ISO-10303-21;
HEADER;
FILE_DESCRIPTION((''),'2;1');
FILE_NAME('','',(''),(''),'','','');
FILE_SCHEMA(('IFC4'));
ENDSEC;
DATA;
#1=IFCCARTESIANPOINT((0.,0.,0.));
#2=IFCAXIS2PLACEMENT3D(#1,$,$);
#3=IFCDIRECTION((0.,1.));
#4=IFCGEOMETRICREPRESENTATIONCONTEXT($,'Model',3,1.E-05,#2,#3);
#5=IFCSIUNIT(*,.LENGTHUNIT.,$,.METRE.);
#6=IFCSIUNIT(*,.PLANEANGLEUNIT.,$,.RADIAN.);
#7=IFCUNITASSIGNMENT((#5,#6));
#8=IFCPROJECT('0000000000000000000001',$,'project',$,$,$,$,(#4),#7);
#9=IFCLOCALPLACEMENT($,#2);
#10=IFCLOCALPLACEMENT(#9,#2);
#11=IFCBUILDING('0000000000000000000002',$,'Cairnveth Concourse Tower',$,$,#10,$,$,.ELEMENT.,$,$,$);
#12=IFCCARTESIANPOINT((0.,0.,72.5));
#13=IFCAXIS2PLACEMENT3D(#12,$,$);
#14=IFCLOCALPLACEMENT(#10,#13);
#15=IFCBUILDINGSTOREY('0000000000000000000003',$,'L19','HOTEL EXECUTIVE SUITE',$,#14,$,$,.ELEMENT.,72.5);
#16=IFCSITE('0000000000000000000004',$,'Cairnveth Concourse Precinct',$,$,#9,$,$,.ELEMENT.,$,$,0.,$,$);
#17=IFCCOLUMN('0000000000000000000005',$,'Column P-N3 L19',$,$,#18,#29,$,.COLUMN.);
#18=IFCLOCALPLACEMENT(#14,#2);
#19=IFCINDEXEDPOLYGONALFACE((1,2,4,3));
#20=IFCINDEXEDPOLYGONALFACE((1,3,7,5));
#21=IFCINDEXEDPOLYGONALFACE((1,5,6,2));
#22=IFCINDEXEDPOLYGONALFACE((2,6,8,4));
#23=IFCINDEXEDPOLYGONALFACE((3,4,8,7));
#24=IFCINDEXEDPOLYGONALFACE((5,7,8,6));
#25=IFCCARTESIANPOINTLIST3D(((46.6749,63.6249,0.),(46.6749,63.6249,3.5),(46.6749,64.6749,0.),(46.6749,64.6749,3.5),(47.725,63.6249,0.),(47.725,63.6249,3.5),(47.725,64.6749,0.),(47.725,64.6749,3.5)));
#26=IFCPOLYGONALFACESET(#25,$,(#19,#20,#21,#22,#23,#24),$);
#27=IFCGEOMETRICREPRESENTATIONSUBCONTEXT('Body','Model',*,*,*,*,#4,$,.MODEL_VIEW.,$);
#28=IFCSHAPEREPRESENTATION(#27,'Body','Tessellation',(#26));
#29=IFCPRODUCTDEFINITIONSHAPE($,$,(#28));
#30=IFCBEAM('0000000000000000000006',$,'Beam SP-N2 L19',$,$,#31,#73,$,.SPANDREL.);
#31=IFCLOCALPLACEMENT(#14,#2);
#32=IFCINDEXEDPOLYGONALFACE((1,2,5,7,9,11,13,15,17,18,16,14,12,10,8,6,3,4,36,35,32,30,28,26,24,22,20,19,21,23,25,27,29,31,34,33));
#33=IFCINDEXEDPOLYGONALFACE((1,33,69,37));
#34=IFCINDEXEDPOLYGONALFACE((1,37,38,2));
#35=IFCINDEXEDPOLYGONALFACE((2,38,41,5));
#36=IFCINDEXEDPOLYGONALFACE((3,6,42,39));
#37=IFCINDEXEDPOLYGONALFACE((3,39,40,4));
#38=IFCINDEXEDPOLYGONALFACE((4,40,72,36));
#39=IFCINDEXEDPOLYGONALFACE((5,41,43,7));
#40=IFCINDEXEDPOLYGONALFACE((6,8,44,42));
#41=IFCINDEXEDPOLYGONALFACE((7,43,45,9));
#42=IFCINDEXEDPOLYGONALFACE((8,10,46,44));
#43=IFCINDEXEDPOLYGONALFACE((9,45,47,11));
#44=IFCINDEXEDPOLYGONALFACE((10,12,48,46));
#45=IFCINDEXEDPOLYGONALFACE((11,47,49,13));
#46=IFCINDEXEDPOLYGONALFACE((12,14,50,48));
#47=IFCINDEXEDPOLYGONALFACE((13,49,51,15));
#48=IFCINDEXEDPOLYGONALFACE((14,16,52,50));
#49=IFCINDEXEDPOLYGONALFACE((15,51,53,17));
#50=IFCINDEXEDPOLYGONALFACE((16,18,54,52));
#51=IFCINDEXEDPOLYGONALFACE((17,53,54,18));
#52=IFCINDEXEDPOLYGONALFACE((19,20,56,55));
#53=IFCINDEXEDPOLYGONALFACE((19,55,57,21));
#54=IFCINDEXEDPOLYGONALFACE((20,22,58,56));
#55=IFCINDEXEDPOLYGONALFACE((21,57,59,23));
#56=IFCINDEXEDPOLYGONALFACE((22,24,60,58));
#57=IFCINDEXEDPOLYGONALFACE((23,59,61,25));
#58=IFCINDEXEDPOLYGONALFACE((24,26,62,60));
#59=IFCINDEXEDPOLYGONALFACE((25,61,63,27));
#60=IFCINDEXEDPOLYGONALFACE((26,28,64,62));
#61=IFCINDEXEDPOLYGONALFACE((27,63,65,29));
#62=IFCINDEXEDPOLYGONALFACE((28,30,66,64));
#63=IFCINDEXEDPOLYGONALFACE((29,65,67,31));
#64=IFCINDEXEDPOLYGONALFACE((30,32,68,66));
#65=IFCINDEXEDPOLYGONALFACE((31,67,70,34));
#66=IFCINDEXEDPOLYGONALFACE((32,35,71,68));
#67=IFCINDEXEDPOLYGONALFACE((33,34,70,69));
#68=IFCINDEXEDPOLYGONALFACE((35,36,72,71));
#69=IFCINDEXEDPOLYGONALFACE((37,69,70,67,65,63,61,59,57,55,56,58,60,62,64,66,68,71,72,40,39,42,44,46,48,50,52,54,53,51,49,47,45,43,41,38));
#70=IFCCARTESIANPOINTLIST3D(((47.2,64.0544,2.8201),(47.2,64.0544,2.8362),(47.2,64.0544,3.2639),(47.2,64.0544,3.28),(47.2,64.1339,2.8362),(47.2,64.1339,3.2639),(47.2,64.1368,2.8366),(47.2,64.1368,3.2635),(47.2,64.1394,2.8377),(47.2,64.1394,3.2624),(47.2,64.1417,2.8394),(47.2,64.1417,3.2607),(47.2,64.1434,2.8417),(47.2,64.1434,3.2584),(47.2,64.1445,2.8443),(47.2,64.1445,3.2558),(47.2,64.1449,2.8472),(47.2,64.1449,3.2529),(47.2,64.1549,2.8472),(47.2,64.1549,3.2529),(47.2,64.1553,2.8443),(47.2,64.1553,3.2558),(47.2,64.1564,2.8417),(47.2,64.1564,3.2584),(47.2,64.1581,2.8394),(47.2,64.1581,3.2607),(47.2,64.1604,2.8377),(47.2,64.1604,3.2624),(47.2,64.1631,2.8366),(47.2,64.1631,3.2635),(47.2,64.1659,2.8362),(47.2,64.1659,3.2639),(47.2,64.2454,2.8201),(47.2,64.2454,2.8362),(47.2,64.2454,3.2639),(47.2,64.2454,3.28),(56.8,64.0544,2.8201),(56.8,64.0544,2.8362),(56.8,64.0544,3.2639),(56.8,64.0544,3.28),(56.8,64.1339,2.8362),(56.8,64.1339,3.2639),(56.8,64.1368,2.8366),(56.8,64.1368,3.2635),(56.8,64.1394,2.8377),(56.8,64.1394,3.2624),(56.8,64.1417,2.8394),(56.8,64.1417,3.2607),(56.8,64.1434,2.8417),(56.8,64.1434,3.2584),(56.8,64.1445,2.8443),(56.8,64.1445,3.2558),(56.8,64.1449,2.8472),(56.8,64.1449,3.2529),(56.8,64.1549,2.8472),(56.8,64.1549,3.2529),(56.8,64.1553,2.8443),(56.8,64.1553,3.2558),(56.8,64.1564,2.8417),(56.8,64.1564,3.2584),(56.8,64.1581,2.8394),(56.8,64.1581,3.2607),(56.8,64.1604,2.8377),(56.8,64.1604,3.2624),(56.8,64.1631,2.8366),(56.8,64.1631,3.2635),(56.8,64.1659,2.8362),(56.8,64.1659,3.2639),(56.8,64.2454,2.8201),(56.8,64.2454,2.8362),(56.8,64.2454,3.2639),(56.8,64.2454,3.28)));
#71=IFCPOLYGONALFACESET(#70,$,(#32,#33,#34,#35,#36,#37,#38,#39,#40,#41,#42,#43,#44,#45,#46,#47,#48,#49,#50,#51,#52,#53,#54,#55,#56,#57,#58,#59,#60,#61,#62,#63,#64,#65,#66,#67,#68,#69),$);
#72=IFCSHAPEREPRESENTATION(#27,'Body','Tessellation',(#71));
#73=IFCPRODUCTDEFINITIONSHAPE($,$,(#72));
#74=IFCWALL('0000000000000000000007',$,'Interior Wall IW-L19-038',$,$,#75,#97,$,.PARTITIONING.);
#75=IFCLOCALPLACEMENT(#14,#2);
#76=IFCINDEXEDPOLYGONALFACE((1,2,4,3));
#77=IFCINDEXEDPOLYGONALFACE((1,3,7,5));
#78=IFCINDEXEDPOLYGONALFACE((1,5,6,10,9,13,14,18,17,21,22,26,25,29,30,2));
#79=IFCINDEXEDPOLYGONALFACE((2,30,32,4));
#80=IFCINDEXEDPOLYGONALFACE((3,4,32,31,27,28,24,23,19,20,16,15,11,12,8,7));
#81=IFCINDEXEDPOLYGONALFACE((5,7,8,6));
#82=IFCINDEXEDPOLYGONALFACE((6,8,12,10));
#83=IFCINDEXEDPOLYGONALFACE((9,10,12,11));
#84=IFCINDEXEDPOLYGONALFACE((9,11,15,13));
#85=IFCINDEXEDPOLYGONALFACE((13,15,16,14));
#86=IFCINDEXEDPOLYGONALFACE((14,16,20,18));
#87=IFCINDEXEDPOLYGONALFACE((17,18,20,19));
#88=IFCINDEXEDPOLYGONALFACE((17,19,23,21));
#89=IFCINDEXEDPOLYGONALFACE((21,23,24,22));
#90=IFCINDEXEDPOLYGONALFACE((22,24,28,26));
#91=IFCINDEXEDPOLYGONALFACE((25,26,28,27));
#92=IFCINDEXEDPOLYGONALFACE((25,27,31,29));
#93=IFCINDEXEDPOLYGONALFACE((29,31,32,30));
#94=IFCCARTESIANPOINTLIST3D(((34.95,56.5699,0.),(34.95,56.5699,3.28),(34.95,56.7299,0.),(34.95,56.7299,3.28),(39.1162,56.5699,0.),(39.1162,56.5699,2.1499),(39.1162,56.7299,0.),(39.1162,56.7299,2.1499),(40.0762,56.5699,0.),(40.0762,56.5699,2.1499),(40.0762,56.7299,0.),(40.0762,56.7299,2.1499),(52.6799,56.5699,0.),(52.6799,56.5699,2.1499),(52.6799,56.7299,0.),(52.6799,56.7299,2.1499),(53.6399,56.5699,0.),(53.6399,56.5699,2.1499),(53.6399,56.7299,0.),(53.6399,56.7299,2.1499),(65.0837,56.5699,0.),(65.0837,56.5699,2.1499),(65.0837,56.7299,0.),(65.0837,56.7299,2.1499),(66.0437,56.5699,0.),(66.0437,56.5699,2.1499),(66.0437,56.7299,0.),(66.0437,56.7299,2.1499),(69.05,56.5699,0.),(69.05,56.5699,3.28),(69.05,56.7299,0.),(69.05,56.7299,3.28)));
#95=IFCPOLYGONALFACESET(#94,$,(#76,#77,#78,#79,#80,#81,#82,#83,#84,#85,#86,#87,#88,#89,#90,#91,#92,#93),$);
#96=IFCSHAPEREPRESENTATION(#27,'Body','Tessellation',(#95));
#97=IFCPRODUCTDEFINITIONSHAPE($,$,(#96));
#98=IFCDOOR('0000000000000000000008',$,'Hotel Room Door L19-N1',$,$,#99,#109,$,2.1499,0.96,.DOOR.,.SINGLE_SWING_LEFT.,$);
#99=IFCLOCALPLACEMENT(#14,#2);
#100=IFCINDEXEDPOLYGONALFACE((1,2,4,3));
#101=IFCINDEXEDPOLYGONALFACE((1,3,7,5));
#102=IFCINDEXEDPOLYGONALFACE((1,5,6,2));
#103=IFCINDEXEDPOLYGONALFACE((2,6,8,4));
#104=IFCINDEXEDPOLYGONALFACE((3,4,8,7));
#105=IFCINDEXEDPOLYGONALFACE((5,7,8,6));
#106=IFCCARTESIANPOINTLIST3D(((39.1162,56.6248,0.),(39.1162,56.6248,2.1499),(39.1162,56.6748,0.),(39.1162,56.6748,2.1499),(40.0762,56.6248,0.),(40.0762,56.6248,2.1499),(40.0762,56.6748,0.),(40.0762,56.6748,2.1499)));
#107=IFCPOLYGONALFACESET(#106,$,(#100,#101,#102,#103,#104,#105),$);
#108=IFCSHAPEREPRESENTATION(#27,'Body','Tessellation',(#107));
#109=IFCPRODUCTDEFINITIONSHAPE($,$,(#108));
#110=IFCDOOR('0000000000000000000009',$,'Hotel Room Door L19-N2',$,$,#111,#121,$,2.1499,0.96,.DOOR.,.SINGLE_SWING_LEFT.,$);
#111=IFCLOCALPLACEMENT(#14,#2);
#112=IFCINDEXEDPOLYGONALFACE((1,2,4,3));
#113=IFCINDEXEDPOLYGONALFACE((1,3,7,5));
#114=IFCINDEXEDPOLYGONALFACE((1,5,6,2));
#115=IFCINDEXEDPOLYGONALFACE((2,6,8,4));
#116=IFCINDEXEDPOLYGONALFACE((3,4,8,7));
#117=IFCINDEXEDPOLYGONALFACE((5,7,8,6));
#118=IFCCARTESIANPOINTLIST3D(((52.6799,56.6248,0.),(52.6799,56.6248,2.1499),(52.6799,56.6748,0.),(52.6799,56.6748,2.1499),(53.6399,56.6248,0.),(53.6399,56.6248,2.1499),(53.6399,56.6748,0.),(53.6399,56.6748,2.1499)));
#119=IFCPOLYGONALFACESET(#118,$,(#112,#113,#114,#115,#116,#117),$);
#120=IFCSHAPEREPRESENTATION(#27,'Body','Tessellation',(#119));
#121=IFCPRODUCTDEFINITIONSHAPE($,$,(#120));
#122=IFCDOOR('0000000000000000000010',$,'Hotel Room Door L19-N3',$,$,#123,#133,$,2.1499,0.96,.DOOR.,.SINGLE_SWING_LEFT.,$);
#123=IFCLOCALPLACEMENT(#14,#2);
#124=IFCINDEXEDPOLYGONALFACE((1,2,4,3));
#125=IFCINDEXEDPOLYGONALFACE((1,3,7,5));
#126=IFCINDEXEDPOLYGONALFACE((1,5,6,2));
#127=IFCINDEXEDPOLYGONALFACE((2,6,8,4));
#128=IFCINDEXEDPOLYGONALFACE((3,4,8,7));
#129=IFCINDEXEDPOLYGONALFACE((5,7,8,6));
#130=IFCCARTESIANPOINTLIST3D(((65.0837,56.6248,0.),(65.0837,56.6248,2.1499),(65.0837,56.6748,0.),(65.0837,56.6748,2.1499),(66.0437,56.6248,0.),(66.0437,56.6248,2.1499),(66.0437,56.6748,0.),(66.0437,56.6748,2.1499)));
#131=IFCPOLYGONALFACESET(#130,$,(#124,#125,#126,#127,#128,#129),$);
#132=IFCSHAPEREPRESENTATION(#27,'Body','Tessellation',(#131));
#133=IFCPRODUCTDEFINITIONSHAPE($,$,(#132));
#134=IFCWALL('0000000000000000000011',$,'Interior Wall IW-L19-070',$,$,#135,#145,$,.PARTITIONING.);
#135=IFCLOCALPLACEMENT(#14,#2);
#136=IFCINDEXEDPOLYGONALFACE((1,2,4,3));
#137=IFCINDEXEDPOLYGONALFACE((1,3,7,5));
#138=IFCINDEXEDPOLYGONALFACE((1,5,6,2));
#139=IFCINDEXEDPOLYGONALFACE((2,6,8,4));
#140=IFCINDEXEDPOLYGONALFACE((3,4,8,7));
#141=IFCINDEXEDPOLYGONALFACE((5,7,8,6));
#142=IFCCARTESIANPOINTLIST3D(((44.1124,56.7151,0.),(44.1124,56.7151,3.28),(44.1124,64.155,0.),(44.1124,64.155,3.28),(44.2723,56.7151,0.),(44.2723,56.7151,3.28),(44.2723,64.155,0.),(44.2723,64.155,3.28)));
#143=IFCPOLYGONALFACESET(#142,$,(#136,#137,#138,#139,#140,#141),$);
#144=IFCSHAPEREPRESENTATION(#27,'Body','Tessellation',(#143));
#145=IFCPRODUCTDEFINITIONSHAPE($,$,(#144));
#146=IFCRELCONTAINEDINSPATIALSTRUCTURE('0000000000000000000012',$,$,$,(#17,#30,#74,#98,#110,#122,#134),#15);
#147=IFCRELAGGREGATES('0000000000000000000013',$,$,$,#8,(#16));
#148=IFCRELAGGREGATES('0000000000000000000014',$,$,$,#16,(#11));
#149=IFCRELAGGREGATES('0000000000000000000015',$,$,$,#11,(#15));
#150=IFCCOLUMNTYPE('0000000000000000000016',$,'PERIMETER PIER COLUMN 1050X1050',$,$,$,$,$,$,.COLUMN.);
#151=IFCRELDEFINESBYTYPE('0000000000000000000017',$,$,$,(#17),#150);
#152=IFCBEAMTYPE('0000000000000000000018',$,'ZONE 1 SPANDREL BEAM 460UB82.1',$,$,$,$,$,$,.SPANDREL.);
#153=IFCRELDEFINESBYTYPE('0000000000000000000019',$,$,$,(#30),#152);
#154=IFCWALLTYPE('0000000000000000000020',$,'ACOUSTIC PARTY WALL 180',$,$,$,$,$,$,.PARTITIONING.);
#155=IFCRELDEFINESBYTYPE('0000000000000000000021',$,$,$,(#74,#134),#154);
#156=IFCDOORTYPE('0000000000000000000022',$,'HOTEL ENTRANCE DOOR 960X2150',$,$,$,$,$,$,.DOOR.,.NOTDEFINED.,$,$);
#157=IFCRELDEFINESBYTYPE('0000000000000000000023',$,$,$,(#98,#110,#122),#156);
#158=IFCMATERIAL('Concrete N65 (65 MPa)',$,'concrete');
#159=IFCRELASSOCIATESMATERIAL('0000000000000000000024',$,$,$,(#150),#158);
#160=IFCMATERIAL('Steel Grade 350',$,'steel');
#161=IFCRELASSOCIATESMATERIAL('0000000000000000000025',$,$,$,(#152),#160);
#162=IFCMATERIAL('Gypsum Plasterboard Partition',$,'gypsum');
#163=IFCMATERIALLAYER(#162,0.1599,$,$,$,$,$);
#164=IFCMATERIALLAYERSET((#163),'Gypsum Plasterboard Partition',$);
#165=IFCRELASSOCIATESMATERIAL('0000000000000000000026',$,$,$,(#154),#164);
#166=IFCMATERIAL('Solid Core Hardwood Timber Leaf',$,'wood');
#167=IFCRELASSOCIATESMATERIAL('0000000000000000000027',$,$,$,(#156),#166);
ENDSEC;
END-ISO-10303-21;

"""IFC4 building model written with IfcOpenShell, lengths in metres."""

from ifc_helpers import new_model, si_unit, direction, frame, frame_2d, origin, origin_2d, place, context, subcontext, project, spatial, rectangle, i_section, extrude, material, layer, layer_set, material_profile, profile_set, type_object, element, fill, save


model = new_model("IFC4")

# Units and contexts
model_context = context("Model", 3, precision=1e-05, world=origin(), true_north=direction((0.0, 1.0)))
body_context = subcontext(model_context, "Body", "Model", "MODEL_VIEW")
ifc_project = project(units=[si_unit("LENGTHUNIT", "METRE"), si_unit("PLANEANGLEUNIT", "RADIAN")], contexts=[model_context])

# Site, building, storey
site_placement = place(None, origin())
site = spatial("IfcSite", under=ifc_project, at=site_placement, Name="Cairnveth Concourse Precinct", CompositionType="ELEMENT", RefElevation=0.0)
building_placement = place(site_placement, origin())
building = spatial("IfcBuilding", under=site, at=building_placement, Name="Cairnveth Concourse Tower", CompositionType="ELEMENT")
storey_placement = place(building_placement, frame((0.0, 0.0, 72.5)))
storey = spatial("IfcBuildingStorey", under=building, at=storey_placement, Name="L19", Description="HOTEL EXECUTIVE SUITE", CompositionType="ELEMENT", Elevation=72.5)

# Column
ifc_material_1 = material(Name="Concrete N65 (65 MPa)", Category="concrete")
ifc_material_profile_1 = material_profile(ifc_material_1, rectangle(XDim=1.05, YDim=1.05, at=origin_2d()), Name="RC-COL-1050x1050")
ifc_profile_set_1 = profile_set([ifc_material_profile_1], Name="Concrete N65 (65 MPa)")
column_type = type_object("IfcColumnType", Name="PERIMETER PIER COLUMN 1050X1050", PredefinedType="COLUMN", material=ifc_profile_set_1)
column_placement = place(storey_placement, frame((47.2, 64.1499, 0.0), z_axis=(0.0, 0.0, 1.0), x_axis=(1.0, 0.0, 0.0)))
element("IfcColumn", 1, at=column_placement, inside=storey, type_object=column_type, Name="Column P-N3 L19", PredefinedType="COLUMN", context=body_context, shape_type="SweptSolid", body=[
    extrude(rectangle(XDim=1.05, YDim=1.05, at=origin_2d()), origin(), (0.0, 0.0, 1.0), 3.5),
])

# Beam
ifc_material_2 = material(Name="Steel Grade 350", Category="steel")
ifc_material_profile_2 = material_profile(ifc_material_2, i_section(OverallWidth=0.1909, OverallDepth=0.46, WebThickness=0.01, FlangeThickness=0.0161, FilletRadius=0.011, at=origin_2d()), Name="460UB82.1")
ifc_profile_set_2 = profile_set([ifc_material_profile_2], Name="Steel Grade 350")
beam_type = type_object("IfcBeamType", Name="ZONE 1 SPANDREL BEAM 460UB82.1", PredefinedType="SPANDREL", material=ifc_profile_set_2)
beam_placement = place(storey_placement, frame((47.2, 64.1499, 3.05), z_axis=(1.0, 0.0, 0.0), x_axis=(0.0, 1.0, 0.0)))
element("IfcBeam", 2, at=beam_placement, inside=storey, type_object=beam_type, Name="Beam SP-N2 L19", PredefinedType="SPANDREL", context=body_context, shape_type="SweptSolid", body=[
    extrude(i_section(OverallWidth=0.1909, OverallDepth=0.46, WebThickness=0.01, FlangeThickness=0.0161, FilletRadius=0.011, at=origin_2d()), origin(), (0.0, 0.0, 1.0), 9.6001),
])

# Wall, openings, doors
ifc_material_3 = material(Name="Gypsum Plasterboard Partition", Category="gypsum")
ifc_layer_1 = layer(ifc_material_3, 0.1599)
ifc_layer_set_1 = layer_set([ifc_layer_1], Name="Gypsum Plasterboard Partition")
wall_type_1 = type_object("IfcWallType", Name="ACOUSTIC PARTY WALL 180", PredefinedType="PARTITIONING", material=ifc_layer_set_1)
wall_1_placement = place(storey_placement, frame((34.95, 56.6499, 0.0), z_axis=(0.0, 0.0, 1.0), x_axis=(1.0, 0.0, 0.0)))
wall_1 = element("IfcWall", 3, at=wall_1_placement, inside=storey, type_object=wall_type_1, Name="Interior Wall IW-L19-038", PredefinedType="PARTITIONING", context=body_context, shape_type="SweptSolid", body=[
    extrude(rectangle(XDim=34.1001, YDim=0.1599, at=frame_2d((17.05, 0.0))), origin(), (0.0, 0.0, 1.0), 3.28),
])
opening_1_placement = place(wall_1_placement, frame((4.1663, 0.0, 0.0)))
opening_1 = element("IfcOpeningElement", 4, at=opening_1_placement, cuts=wall_1, PredefinedType="OPENING", context=body_context, shape_type="SweptSolid", body=[
    extrude(rectangle(XDim=0.96, YDim=2.1499, at=frame_2d((0.48, 1.075))), frame((0.0, 0.0898, 0.0), z_axis=(0.0, -1.0, 0.0), x_axis=(1.0, 0.0, 0.0)), (0.0, 0.0, 1.0), 0.1799),
])
opening_2_placement = place(wall_1_placement, frame((17.73, 0.0, 0.0)))
opening_2 = element("IfcOpeningElement", 5, at=opening_2_placement, cuts=wall_1, PredefinedType="OPENING", context=body_context, shape_type="SweptSolid", body=[
    extrude(rectangle(XDim=0.96, YDim=2.1499, at=frame_2d((0.48, 1.075))), frame((0.0, 0.0898, 0.0), z_axis=(0.0, -1.0, 0.0), x_axis=(1.0, 0.0, 0.0)), (0.0, 0.0, 1.0), 0.1799),
])
opening_3_placement = place(wall_1_placement, frame((30.1338, 0.0, 0.0)))
opening_3 = element("IfcOpeningElement", 6, at=opening_3_placement, cuts=wall_1, PredefinedType="OPENING", context=body_context, shape_type="SweptSolid", body=[
    extrude(rectangle(XDim=0.96, YDim=2.1499, at=frame_2d((0.48, 1.075))), frame((0.0, 0.0898, 0.0), z_axis=(0.0, -1.0, 0.0), x_axis=(1.0, 0.0, 0.0)), (0.0, 0.0, 1.0), 0.1799),
])
ifc_material_4 = material(Name="Solid Core Hardwood Timber Leaf", Category="wood")
door_type_1 = type_object("IfcDoorType", Name="HOTEL ENTRANCE DOOR 960X2150", OperationType="NOTDEFINED", PredefinedType="DOOR", material=ifc_material_4)
door_1_placement = place(opening_1_placement, origin())
door_1 = element("IfcDoor", 7, at=door_1_placement, inside=storey, type_object=door_type_1, Name="Hotel Room Door L19-N1", OperationType="SINGLE_SWING_LEFT", OverallHeight=2.1499, OverallWidth=0.96, PredefinedType="DOOR", context=body_context, shape_type="SweptSolid", body=[
    extrude(rectangle(XDim=0.96, YDim=2.1499, at=frame_2d((0.48, 1.075))), frame((0.0, 0.0249, 0.0), z_axis=(0.0, -1.0, 0.0), x_axis=(1.0, 0.0, 0.0)), (0.0, 0.0, 1.0), 0.05),
])
fill(opening_1, door_1)
door_2_placement = place(opening_2_placement, origin())
door_2 = element("IfcDoor", 8, at=door_2_placement, inside=storey, type_object=door_type_1, Name="Hotel Room Door L19-N2", OperationType="SINGLE_SWING_LEFT", OverallHeight=2.1499, OverallWidth=0.96, PredefinedType="DOOR", context=body_context, shape_type="SweptSolid", body=[
    extrude(rectangle(XDim=0.96, YDim=2.1499, at=frame_2d((0.48, 1.075))), frame((0.0, 0.0249, 0.0), z_axis=(0.0, -1.0, 0.0), x_axis=(1.0, 0.0, 0.0)), (0.0, 0.0, 1.0), 0.05),
])
fill(opening_2, door_2)
door_3_placement = place(opening_3_placement, origin())
door_3 = element("IfcDoor", 9, at=door_3_placement, inside=storey, type_object=door_type_1, Name="Hotel Room Door L19-N3", OperationType="SINGLE_SWING_LEFT", OverallHeight=2.1499, OverallWidth=0.96, PredefinedType="DOOR", context=body_context, shape_type="SweptSolid", body=[
    extrude(rectangle(XDim=0.96, YDim=2.1499, at=frame_2d((0.48, 1.075))), frame((0.0, 0.0249, 0.0), z_axis=(0.0, -1.0, 0.0), x_axis=(1.0, 0.0, 0.0)), (0.0, 0.0, 1.0), 0.05),
])
fill(opening_3, door_3)

# Wall
wall_2_placement = place(storey_placement, frame((44.1924, 56.7151, 0.0), z_axis=(0.0, 0.0, 1.0), x_axis=(0.0, 1.0, 0.0)))
element("IfcWall", 10, at=wall_2_placement, inside=storey, type_object=wall_type_1, Name="Interior Wall IW-L19-070", PredefinedType="PARTITIONING", context=body_context, shape_type="SweptSolid", body=[
    extrude(rectangle(XDim=7.4399, YDim=0.1599, at=frame_2d((3.72, 0.0))), origin(), (0.0, 0.0, 1.0), 3.28),
])

save(model, "model.ifc")
